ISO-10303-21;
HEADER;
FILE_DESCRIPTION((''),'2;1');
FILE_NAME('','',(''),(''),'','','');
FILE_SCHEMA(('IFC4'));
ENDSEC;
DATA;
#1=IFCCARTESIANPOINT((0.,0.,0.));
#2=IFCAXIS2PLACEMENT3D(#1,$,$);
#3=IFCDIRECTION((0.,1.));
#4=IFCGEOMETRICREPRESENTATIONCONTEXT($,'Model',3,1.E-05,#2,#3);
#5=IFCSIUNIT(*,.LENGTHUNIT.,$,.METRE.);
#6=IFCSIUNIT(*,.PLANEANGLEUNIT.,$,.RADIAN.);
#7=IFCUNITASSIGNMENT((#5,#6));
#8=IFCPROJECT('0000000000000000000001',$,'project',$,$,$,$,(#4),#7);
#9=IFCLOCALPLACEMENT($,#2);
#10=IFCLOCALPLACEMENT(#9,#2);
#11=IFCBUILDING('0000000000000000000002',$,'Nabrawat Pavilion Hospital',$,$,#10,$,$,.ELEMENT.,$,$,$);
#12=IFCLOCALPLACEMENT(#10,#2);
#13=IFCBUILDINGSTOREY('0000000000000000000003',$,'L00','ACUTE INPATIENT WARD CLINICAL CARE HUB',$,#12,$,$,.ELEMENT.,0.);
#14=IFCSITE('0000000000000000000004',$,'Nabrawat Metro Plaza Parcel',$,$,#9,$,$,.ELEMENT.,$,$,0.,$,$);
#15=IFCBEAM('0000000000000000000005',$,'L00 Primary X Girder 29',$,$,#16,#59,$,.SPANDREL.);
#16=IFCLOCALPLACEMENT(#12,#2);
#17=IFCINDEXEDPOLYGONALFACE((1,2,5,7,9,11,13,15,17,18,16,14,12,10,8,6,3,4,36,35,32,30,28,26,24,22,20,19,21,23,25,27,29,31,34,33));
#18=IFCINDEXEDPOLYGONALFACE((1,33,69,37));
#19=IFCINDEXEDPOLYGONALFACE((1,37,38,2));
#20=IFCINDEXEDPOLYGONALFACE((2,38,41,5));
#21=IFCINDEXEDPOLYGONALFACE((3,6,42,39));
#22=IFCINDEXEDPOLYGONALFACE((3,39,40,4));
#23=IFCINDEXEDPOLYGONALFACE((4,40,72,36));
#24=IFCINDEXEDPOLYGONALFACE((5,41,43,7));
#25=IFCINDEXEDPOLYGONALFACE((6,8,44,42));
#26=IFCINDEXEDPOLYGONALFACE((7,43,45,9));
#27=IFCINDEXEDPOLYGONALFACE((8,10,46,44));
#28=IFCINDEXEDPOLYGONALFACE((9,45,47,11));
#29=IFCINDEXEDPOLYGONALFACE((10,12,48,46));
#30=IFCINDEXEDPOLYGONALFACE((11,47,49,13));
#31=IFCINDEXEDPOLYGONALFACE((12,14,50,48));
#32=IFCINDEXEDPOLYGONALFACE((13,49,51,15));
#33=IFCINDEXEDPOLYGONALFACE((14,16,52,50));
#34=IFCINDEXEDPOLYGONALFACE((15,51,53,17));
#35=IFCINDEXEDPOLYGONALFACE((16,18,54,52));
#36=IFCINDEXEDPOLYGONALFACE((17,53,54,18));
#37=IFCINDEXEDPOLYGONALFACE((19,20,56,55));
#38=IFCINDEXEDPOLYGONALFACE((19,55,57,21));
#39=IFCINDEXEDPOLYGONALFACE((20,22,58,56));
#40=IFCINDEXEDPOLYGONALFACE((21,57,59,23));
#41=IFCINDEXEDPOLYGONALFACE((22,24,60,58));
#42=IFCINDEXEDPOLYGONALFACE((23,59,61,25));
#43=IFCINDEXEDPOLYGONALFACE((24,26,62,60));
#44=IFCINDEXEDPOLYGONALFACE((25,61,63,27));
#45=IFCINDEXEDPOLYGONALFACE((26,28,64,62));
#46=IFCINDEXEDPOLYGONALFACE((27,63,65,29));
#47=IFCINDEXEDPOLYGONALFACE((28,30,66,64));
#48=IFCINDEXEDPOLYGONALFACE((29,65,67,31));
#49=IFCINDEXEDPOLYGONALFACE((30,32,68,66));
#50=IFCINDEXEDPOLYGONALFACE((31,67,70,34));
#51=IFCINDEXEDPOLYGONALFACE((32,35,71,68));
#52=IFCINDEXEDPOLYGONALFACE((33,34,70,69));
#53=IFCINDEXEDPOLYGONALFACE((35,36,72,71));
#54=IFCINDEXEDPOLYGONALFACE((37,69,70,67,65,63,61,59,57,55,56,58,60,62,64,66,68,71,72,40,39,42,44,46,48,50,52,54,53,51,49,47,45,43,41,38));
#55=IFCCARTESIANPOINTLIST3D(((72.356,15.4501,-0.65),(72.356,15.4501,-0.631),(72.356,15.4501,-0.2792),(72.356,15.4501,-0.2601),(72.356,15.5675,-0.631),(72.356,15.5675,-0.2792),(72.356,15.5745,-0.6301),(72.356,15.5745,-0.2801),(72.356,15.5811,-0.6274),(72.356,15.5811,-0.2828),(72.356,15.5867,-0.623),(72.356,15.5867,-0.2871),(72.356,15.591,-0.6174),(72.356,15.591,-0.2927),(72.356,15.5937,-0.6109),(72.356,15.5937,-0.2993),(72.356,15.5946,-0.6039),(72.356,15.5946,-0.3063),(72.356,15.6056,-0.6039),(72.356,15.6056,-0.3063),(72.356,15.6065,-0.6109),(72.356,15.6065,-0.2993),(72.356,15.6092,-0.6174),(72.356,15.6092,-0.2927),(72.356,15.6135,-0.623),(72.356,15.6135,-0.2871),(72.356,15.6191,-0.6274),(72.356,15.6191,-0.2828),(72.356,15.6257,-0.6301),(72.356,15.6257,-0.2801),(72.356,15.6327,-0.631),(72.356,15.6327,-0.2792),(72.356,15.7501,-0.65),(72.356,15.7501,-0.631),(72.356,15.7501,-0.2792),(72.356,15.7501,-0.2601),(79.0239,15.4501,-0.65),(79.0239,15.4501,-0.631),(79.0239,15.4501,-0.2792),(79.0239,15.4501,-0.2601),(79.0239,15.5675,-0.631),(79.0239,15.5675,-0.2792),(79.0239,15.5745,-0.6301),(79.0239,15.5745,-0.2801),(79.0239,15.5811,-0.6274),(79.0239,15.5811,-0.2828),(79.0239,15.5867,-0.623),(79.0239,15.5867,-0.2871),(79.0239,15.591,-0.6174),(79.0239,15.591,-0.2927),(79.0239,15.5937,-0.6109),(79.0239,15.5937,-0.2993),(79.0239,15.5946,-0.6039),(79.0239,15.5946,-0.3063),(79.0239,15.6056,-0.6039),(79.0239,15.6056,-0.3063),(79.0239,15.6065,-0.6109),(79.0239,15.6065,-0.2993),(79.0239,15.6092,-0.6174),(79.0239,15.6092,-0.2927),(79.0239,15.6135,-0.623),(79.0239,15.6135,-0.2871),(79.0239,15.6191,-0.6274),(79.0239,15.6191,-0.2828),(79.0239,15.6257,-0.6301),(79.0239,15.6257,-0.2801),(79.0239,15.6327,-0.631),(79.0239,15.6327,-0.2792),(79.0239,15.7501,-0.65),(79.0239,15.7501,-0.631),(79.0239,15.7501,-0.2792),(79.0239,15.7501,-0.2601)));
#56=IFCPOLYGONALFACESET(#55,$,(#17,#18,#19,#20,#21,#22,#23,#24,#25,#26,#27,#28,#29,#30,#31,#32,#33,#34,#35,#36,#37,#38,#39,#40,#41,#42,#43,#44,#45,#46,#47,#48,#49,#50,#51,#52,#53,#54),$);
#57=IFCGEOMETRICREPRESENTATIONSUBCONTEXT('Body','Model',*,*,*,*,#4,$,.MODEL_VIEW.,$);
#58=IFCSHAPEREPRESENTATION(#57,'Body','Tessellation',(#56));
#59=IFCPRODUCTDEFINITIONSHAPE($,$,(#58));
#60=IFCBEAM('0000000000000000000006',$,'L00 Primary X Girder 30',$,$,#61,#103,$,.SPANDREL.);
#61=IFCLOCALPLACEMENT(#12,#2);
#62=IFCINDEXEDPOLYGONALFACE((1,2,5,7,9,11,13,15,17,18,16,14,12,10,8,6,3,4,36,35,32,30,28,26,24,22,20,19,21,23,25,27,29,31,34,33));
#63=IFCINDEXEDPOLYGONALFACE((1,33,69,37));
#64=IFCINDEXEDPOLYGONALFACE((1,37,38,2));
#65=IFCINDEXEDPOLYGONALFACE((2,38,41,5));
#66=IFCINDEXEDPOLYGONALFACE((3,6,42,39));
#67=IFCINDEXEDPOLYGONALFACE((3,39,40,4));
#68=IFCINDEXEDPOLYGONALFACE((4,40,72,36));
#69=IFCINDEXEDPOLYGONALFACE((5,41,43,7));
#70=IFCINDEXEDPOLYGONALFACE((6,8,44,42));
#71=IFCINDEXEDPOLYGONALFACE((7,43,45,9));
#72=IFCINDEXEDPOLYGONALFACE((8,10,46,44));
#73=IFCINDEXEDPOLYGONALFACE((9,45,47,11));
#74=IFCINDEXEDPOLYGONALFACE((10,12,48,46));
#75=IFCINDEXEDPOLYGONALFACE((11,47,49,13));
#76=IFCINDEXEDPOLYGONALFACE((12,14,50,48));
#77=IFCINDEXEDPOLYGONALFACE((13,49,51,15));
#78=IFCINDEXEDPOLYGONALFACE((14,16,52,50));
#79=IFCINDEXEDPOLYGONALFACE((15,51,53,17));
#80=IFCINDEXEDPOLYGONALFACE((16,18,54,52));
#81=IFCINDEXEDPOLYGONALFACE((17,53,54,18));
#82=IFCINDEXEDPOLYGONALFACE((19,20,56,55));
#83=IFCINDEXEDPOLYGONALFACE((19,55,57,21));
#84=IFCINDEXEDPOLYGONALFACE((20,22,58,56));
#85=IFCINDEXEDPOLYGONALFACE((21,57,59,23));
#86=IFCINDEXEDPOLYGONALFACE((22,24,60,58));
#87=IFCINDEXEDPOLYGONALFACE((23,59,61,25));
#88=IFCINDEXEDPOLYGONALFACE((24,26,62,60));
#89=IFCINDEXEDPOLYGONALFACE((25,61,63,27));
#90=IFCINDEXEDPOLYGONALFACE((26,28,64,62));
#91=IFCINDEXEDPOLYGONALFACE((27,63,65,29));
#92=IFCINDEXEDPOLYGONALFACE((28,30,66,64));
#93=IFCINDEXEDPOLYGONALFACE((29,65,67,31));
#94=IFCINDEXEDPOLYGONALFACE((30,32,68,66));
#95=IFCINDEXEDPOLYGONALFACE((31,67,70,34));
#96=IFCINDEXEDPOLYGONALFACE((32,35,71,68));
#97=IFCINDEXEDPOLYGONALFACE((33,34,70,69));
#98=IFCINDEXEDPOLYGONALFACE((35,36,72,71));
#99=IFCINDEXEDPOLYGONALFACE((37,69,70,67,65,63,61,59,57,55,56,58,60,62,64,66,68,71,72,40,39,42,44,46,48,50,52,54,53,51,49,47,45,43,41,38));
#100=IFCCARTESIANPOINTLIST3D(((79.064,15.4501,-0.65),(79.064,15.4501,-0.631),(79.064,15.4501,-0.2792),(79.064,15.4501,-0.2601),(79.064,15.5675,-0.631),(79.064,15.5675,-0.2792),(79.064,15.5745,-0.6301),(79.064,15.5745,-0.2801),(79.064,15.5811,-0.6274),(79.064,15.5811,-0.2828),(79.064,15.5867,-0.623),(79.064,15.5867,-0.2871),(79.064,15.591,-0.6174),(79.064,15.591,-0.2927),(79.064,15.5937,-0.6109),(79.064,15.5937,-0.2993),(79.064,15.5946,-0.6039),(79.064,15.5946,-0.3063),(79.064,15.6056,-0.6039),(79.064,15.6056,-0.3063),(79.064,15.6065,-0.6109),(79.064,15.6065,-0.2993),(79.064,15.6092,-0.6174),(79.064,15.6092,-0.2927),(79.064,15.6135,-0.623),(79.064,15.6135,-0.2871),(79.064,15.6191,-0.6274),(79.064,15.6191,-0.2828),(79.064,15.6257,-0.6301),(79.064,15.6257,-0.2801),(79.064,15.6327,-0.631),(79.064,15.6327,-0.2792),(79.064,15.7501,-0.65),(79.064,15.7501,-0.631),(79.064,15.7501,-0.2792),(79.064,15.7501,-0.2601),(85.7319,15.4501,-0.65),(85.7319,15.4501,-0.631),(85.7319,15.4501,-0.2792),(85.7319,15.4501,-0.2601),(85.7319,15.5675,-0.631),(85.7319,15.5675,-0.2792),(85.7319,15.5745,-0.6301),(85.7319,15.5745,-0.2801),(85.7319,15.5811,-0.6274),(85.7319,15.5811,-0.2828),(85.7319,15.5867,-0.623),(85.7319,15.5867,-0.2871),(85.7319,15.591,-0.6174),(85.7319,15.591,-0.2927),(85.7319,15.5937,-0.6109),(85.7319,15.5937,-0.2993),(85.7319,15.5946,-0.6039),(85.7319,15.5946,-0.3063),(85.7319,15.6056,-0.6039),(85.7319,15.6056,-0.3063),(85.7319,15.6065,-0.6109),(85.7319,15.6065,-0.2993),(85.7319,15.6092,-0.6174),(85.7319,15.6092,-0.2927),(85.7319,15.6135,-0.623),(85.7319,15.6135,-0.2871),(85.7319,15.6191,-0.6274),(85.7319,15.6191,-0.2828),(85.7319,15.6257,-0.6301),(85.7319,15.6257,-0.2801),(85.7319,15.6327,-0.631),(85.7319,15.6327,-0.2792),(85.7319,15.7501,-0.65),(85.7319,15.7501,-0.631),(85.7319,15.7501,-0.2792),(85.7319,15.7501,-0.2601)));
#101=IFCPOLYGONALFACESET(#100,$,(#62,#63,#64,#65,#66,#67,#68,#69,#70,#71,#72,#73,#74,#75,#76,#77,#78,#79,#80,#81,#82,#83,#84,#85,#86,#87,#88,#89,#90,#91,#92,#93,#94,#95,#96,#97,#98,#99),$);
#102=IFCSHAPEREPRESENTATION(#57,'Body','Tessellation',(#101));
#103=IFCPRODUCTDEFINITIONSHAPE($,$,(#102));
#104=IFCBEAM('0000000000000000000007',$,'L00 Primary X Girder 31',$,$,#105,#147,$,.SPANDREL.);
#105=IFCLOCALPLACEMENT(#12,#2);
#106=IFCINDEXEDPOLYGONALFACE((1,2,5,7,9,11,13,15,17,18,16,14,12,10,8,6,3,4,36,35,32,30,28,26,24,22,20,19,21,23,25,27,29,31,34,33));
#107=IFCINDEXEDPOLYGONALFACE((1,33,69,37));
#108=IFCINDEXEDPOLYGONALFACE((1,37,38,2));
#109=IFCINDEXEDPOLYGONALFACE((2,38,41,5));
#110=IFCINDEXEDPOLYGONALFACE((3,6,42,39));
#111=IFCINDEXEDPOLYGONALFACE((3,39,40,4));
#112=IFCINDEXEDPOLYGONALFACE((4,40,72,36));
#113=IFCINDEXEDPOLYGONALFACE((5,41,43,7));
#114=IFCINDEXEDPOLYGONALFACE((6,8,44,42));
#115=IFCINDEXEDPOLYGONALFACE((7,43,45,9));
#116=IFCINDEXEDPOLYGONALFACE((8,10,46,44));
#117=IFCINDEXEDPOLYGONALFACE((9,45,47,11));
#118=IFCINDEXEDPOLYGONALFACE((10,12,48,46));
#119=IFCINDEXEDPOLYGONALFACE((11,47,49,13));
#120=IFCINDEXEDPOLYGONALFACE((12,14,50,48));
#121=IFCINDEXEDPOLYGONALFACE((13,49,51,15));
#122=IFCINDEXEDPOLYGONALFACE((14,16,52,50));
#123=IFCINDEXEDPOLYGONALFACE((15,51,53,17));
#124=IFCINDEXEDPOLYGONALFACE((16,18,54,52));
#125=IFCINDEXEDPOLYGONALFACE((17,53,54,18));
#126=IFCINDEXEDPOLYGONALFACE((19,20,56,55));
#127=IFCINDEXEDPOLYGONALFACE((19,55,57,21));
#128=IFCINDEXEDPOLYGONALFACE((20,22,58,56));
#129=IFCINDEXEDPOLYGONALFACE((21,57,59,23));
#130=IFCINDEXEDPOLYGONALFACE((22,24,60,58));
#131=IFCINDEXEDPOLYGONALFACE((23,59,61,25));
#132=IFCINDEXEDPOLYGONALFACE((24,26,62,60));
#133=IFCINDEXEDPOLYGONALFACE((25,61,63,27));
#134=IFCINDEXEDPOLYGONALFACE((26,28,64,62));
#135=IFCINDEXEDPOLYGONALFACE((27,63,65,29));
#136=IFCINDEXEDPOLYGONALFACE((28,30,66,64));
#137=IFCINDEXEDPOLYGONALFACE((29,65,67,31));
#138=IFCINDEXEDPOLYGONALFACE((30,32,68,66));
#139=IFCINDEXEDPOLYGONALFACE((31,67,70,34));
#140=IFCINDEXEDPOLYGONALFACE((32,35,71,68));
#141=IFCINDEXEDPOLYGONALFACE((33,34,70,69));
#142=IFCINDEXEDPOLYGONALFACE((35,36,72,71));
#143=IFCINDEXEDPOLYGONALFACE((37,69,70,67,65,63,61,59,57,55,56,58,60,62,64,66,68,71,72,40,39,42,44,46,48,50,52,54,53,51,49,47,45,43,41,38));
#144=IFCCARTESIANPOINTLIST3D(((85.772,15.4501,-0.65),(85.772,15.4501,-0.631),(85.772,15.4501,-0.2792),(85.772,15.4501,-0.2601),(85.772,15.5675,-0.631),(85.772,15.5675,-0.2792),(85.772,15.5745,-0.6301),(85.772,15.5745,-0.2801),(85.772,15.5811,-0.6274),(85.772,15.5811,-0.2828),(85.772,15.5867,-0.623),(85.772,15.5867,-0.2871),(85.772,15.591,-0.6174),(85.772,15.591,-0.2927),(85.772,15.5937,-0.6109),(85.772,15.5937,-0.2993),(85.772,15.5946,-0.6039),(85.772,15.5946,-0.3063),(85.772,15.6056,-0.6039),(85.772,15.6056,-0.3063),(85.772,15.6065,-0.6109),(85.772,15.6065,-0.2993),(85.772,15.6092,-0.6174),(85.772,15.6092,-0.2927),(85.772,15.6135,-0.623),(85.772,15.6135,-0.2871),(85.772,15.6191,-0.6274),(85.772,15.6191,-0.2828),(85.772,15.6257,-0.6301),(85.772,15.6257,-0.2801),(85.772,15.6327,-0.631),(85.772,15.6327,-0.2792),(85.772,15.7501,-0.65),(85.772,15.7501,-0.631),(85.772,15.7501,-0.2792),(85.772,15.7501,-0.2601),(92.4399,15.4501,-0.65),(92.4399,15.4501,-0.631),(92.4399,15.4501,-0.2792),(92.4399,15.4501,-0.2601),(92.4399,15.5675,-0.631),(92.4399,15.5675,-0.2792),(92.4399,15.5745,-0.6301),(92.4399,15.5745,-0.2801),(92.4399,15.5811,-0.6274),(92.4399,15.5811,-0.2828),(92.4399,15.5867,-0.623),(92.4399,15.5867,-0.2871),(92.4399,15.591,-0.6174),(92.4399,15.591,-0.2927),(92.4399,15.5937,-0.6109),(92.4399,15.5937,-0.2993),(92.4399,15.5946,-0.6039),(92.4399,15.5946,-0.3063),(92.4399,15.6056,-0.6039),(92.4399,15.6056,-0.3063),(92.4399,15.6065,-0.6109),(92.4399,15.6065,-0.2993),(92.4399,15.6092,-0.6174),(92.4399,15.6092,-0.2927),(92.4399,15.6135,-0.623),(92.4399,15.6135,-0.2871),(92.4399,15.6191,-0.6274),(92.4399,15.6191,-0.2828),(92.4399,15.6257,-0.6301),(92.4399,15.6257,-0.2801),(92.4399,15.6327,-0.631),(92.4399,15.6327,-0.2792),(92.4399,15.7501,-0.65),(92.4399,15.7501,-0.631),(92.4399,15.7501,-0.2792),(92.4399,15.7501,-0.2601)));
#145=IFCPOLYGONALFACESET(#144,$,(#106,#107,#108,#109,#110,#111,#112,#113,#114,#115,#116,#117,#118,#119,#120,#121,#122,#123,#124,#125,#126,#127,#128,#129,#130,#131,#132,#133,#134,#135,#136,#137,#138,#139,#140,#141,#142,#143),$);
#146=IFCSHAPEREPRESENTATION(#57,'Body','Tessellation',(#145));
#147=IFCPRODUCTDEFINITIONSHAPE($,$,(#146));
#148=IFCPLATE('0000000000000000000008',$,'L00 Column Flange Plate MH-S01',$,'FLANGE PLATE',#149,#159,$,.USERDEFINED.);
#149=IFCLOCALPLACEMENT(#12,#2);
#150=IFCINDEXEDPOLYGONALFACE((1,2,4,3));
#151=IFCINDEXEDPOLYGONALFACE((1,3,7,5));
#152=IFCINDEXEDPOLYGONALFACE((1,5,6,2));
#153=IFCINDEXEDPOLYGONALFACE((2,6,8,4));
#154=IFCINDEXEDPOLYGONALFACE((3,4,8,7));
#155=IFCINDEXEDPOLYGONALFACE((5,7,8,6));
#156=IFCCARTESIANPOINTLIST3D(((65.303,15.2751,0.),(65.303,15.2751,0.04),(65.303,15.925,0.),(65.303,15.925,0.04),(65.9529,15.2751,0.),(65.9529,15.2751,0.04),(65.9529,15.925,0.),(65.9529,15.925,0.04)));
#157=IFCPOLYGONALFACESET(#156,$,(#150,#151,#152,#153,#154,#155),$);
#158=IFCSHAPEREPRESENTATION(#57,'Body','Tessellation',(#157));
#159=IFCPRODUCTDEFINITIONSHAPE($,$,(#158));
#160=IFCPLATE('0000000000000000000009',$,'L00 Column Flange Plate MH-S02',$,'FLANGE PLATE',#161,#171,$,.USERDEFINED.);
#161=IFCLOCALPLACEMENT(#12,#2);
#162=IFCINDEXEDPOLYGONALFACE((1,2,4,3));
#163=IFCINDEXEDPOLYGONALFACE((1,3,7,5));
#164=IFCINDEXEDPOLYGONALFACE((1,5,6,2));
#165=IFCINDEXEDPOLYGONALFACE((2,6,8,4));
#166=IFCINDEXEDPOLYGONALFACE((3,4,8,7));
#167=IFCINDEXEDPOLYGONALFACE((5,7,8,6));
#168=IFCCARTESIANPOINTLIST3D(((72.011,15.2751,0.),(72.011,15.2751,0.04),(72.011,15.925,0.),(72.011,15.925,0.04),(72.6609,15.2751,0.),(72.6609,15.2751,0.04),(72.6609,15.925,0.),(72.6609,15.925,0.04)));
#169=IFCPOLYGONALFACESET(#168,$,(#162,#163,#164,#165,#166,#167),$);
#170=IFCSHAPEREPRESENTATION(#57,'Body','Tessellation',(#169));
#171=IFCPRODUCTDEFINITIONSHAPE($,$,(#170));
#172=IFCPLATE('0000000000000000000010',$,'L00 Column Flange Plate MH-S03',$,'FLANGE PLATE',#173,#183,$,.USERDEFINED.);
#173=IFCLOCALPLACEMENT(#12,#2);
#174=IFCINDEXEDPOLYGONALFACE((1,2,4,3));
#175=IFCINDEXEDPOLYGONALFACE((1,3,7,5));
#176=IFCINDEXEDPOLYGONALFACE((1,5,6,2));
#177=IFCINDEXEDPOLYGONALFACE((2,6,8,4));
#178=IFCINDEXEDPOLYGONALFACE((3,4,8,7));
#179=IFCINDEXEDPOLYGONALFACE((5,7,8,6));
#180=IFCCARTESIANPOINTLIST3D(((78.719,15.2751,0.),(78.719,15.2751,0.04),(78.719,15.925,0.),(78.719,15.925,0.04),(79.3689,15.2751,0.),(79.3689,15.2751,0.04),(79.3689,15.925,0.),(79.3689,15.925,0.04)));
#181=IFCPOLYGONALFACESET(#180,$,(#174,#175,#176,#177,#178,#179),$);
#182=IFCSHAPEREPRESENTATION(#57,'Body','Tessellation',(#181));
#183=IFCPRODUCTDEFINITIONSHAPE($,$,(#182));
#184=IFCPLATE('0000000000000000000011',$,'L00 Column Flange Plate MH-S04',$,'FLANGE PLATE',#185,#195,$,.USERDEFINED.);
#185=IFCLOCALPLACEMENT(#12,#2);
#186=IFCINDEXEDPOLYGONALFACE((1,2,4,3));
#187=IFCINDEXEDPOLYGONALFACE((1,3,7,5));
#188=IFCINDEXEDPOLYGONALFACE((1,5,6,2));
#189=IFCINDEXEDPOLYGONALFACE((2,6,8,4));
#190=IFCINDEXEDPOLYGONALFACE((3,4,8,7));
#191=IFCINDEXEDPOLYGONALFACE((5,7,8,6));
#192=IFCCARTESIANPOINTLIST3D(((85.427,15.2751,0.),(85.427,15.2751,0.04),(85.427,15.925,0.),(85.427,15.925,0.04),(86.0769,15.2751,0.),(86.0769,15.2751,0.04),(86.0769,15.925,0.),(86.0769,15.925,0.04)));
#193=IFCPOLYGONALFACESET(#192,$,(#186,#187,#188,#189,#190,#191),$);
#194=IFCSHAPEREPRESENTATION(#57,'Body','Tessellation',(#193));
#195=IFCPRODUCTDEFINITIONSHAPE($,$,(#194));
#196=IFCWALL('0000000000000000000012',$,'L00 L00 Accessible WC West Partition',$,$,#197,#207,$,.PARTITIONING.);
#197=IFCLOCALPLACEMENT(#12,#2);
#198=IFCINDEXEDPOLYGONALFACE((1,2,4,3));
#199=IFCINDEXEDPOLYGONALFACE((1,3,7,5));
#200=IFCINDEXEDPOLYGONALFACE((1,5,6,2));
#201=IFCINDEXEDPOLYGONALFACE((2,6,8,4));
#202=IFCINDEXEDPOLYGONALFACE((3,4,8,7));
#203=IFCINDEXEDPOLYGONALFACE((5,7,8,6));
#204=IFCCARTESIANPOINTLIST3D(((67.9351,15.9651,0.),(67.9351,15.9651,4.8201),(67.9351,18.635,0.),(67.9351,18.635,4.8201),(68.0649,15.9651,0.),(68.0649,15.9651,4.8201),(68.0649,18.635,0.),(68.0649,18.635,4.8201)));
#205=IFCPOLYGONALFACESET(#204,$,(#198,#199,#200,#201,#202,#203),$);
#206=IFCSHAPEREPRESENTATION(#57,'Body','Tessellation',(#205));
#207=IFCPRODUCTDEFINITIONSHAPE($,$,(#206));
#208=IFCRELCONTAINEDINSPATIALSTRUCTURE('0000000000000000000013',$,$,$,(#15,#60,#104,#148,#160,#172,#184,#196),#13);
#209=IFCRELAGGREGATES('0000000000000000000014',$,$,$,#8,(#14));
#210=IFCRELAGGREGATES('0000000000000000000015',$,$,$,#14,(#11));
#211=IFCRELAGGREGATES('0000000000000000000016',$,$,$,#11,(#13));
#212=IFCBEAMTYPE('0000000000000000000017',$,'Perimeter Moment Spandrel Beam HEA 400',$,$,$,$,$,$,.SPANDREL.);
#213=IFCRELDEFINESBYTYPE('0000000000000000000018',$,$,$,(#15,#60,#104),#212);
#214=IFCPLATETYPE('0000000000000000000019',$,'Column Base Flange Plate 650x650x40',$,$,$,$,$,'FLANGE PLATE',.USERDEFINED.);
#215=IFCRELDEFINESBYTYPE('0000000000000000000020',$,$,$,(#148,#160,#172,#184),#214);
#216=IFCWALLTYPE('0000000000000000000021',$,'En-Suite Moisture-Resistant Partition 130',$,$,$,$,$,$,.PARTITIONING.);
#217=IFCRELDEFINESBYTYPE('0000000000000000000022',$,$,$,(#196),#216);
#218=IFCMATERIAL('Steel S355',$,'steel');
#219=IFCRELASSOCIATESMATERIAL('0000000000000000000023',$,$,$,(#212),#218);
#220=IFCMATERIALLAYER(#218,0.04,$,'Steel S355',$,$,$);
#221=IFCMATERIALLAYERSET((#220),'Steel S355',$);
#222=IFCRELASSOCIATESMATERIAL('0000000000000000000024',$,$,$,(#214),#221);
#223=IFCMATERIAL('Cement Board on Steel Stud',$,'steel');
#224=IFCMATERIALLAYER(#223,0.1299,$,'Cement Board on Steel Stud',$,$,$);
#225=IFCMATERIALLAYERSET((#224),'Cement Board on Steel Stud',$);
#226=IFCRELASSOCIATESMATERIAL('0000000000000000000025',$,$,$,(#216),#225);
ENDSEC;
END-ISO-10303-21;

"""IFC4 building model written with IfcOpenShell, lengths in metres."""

from ifc_helpers import new_model, si_unit, direction, frame, frame_2d, origin, origin_2d, place, context, subcontext, project, spatial, rectangle, i_section, extrude, material, layer, layer_set, material_profile, profile_set, type_object, element, save


model = new_model("IFC4")

# Units and contexts
model_context = context("Model", 3, precision=1e-05, world=origin(), true_north=direction((0.0, 1.0)))
body_context = subcontext(model_context, "Body", "Model", "MODEL_VIEW")
ifc_project = project(units=[si_unit("LENGTHUNIT", "METRE"), si_unit("PLANEANGLEUNIT", "RADIAN")], contexts=[model_context])

# Site, building, storey
site_placement = place(None, origin())
site = spatial("IfcSite", under=ifc_project, at=site_placement, Name="Nabrawat Metro Plaza Parcel", CompositionType="ELEMENT", RefElevation=0.0)
building_placement = place(site_placement, origin())
building = spatial("IfcBuilding", under=site, at=building_placement, Name="Nabrawat Pavilion Hospital", CompositionType="ELEMENT")
storey_placement = place(building_placement, origin())
storey = spatial("IfcBuildingStorey", under=building, at=storey_placement, Name="L00", Description="ACUTE INPATIENT WARD CLINICAL CARE HUB", CompositionType="ELEMENT", Elevation=0.0)

# Beams
ifc_material_1 = material(Name="Steel S355", Category="steel")
ifc_material_profile_1 = material_profile(ifc_material_1, i_section(OverallWidth=0.3, OverallDepth=0.3899, WebThickness=0.011, FlangeThickness=0.019, FilletRadius=0.0271, at=origin_2d()), Name="HEA 400")
ifc_profile_set_1 = profile_set([ifc_material_profile_1], Name="Steel S355")
beam_type = type_object("IfcBeamType", Name="Perimeter Moment Spandrel Beam HEA 400", PredefinedType="SPANDREL", material=ifc_profile_set_1)
for number, where, z_axis, x_axis, name in (
    (1, (72.356, 15.6001, -0.4551), (1.0, 0.0, 0.0), (0.0, 1.0, 0.0), "L00 Primary X Girder 29"),
    (2, (79.064, 15.6001, -0.4551), (1.0, 0.0, 0.0), (0.0, 1.0, 0.0), "L00 Primary X Girder 30"),
    (3, (85.772, 15.6001, -0.4551), (1.0, 0.0, 0.0), (0.0, 1.0, 0.0), "L00 Primary X Girder 31"),
):
    element("IfcBeam", number, at=place(storey_placement, frame(where, z_axis=z_axis, x_axis=x_axis)), inside=storey, type_object=beam_type, Name=name, PredefinedType="SPANDREL", context=body_context, shape_type="SweptSolid", body=[
        extrude(i_section(OverallWidth=0.3, OverallDepth=0.3899, WebThickness=0.011, FlangeThickness=0.019, FilletRadius=0.0271, at=origin_2d()), origin(), (0.0, 0.0, 1.0), 6.668),
    ])

# Plates
ifc_layer_1 = layer(ifc_material_1, 0.04, Name="Steel S355")
ifc_layer_set_1 = layer_set([ifc_layer_1], Name="Steel S355")
plate_type = type_object("IfcPlateType", Name="Column Base Flange Plate 650x650x40", ElementType="FLANGE PLATE", PredefinedType="USERDEFINED", material=ifc_layer_set_1)
for number, where, z_axis, x_axis, name in (
    (4, (65.6279, 15.6001, 0.0), (0.0, 0.0, 1.0), (1.0, 0.0, 0.0), "L00 Column Flange Plate MH-S01"),
    (5, (72.3359, 15.6001, 0.0), (0.0, 0.0, 1.0), (1.0, 0.0, 0.0), "L00 Column Flange Plate MH-S02"),
    (6, (79.0439, 15.6001, 0.0), (0.0, 0.0, 1.0), (1.0, 0.0, 0.0), "L00 Column Flange Plate MH-S03"),
    (7, (85.752, 15.6001, 0.0), (0.0, 0.0, 1.0), (1.0, 0.0, 0.0), "L00 Column Flange Plate MH-S04"),
):
    element("IfcPlate", number, at=place(storey_placement, frame(where, z_axis=z_axis, x_axis=x_axis)), inside=storey, type_object=plate_type, Name=name, ObjectType="FLANGE PLATE", PredefinedType="USERDEFINED", context=body_context, shape_type="SweptSolid", body=[
        extrude(rectangle(XDim=0.6499, YDim=0.6499, at=origin_2d()), origin(), (0.0, 0.0, 1.0), 0.04),
    ])

# Wall
ifc_material_2 = material(Name="Cement Board on Steel Stud", Category="steel")
ifc_layer_2 = layer(ifc_material_2, 0.1299, Name="Cement Board on Steel Stud")
ifc_layer_set_2 = layer_set([ifc_layer_2], Name="Cement Board on Steel Stud")
wall_type_1 = type_object("IfcWallType", Name="En-Suite Moisture-Resistant Partition 130", PredefinedType="PARTITIONING", material=ifc_layer_set_2)
for number, where, z_axis, x_axis, name in (
    (8, (68.0, 15.9651, 0.0), (0.0, 0.0, 1.0), (0.0, 1.0, 0.0), "L00 L00 Accessible WC West Partition"),
):
    element("IfcWall", number, at=place(storey_placement, frame(where, z_axis=z_axis, x_axis=x_axis)), inside=storey, type_object=wall_type_1, Name=name, PredefinedType="PARTITIONING", context=body_context, shape_type="SweptSolid", body=[
        extrude(rectangle(XDim=2.6699, YDim=0.1299, at=frame_2d((1.335, 0.0))), origin(), (0.0, 0.0, 1.0), 4.8201),
    ])

save(model, "model.ifc")
